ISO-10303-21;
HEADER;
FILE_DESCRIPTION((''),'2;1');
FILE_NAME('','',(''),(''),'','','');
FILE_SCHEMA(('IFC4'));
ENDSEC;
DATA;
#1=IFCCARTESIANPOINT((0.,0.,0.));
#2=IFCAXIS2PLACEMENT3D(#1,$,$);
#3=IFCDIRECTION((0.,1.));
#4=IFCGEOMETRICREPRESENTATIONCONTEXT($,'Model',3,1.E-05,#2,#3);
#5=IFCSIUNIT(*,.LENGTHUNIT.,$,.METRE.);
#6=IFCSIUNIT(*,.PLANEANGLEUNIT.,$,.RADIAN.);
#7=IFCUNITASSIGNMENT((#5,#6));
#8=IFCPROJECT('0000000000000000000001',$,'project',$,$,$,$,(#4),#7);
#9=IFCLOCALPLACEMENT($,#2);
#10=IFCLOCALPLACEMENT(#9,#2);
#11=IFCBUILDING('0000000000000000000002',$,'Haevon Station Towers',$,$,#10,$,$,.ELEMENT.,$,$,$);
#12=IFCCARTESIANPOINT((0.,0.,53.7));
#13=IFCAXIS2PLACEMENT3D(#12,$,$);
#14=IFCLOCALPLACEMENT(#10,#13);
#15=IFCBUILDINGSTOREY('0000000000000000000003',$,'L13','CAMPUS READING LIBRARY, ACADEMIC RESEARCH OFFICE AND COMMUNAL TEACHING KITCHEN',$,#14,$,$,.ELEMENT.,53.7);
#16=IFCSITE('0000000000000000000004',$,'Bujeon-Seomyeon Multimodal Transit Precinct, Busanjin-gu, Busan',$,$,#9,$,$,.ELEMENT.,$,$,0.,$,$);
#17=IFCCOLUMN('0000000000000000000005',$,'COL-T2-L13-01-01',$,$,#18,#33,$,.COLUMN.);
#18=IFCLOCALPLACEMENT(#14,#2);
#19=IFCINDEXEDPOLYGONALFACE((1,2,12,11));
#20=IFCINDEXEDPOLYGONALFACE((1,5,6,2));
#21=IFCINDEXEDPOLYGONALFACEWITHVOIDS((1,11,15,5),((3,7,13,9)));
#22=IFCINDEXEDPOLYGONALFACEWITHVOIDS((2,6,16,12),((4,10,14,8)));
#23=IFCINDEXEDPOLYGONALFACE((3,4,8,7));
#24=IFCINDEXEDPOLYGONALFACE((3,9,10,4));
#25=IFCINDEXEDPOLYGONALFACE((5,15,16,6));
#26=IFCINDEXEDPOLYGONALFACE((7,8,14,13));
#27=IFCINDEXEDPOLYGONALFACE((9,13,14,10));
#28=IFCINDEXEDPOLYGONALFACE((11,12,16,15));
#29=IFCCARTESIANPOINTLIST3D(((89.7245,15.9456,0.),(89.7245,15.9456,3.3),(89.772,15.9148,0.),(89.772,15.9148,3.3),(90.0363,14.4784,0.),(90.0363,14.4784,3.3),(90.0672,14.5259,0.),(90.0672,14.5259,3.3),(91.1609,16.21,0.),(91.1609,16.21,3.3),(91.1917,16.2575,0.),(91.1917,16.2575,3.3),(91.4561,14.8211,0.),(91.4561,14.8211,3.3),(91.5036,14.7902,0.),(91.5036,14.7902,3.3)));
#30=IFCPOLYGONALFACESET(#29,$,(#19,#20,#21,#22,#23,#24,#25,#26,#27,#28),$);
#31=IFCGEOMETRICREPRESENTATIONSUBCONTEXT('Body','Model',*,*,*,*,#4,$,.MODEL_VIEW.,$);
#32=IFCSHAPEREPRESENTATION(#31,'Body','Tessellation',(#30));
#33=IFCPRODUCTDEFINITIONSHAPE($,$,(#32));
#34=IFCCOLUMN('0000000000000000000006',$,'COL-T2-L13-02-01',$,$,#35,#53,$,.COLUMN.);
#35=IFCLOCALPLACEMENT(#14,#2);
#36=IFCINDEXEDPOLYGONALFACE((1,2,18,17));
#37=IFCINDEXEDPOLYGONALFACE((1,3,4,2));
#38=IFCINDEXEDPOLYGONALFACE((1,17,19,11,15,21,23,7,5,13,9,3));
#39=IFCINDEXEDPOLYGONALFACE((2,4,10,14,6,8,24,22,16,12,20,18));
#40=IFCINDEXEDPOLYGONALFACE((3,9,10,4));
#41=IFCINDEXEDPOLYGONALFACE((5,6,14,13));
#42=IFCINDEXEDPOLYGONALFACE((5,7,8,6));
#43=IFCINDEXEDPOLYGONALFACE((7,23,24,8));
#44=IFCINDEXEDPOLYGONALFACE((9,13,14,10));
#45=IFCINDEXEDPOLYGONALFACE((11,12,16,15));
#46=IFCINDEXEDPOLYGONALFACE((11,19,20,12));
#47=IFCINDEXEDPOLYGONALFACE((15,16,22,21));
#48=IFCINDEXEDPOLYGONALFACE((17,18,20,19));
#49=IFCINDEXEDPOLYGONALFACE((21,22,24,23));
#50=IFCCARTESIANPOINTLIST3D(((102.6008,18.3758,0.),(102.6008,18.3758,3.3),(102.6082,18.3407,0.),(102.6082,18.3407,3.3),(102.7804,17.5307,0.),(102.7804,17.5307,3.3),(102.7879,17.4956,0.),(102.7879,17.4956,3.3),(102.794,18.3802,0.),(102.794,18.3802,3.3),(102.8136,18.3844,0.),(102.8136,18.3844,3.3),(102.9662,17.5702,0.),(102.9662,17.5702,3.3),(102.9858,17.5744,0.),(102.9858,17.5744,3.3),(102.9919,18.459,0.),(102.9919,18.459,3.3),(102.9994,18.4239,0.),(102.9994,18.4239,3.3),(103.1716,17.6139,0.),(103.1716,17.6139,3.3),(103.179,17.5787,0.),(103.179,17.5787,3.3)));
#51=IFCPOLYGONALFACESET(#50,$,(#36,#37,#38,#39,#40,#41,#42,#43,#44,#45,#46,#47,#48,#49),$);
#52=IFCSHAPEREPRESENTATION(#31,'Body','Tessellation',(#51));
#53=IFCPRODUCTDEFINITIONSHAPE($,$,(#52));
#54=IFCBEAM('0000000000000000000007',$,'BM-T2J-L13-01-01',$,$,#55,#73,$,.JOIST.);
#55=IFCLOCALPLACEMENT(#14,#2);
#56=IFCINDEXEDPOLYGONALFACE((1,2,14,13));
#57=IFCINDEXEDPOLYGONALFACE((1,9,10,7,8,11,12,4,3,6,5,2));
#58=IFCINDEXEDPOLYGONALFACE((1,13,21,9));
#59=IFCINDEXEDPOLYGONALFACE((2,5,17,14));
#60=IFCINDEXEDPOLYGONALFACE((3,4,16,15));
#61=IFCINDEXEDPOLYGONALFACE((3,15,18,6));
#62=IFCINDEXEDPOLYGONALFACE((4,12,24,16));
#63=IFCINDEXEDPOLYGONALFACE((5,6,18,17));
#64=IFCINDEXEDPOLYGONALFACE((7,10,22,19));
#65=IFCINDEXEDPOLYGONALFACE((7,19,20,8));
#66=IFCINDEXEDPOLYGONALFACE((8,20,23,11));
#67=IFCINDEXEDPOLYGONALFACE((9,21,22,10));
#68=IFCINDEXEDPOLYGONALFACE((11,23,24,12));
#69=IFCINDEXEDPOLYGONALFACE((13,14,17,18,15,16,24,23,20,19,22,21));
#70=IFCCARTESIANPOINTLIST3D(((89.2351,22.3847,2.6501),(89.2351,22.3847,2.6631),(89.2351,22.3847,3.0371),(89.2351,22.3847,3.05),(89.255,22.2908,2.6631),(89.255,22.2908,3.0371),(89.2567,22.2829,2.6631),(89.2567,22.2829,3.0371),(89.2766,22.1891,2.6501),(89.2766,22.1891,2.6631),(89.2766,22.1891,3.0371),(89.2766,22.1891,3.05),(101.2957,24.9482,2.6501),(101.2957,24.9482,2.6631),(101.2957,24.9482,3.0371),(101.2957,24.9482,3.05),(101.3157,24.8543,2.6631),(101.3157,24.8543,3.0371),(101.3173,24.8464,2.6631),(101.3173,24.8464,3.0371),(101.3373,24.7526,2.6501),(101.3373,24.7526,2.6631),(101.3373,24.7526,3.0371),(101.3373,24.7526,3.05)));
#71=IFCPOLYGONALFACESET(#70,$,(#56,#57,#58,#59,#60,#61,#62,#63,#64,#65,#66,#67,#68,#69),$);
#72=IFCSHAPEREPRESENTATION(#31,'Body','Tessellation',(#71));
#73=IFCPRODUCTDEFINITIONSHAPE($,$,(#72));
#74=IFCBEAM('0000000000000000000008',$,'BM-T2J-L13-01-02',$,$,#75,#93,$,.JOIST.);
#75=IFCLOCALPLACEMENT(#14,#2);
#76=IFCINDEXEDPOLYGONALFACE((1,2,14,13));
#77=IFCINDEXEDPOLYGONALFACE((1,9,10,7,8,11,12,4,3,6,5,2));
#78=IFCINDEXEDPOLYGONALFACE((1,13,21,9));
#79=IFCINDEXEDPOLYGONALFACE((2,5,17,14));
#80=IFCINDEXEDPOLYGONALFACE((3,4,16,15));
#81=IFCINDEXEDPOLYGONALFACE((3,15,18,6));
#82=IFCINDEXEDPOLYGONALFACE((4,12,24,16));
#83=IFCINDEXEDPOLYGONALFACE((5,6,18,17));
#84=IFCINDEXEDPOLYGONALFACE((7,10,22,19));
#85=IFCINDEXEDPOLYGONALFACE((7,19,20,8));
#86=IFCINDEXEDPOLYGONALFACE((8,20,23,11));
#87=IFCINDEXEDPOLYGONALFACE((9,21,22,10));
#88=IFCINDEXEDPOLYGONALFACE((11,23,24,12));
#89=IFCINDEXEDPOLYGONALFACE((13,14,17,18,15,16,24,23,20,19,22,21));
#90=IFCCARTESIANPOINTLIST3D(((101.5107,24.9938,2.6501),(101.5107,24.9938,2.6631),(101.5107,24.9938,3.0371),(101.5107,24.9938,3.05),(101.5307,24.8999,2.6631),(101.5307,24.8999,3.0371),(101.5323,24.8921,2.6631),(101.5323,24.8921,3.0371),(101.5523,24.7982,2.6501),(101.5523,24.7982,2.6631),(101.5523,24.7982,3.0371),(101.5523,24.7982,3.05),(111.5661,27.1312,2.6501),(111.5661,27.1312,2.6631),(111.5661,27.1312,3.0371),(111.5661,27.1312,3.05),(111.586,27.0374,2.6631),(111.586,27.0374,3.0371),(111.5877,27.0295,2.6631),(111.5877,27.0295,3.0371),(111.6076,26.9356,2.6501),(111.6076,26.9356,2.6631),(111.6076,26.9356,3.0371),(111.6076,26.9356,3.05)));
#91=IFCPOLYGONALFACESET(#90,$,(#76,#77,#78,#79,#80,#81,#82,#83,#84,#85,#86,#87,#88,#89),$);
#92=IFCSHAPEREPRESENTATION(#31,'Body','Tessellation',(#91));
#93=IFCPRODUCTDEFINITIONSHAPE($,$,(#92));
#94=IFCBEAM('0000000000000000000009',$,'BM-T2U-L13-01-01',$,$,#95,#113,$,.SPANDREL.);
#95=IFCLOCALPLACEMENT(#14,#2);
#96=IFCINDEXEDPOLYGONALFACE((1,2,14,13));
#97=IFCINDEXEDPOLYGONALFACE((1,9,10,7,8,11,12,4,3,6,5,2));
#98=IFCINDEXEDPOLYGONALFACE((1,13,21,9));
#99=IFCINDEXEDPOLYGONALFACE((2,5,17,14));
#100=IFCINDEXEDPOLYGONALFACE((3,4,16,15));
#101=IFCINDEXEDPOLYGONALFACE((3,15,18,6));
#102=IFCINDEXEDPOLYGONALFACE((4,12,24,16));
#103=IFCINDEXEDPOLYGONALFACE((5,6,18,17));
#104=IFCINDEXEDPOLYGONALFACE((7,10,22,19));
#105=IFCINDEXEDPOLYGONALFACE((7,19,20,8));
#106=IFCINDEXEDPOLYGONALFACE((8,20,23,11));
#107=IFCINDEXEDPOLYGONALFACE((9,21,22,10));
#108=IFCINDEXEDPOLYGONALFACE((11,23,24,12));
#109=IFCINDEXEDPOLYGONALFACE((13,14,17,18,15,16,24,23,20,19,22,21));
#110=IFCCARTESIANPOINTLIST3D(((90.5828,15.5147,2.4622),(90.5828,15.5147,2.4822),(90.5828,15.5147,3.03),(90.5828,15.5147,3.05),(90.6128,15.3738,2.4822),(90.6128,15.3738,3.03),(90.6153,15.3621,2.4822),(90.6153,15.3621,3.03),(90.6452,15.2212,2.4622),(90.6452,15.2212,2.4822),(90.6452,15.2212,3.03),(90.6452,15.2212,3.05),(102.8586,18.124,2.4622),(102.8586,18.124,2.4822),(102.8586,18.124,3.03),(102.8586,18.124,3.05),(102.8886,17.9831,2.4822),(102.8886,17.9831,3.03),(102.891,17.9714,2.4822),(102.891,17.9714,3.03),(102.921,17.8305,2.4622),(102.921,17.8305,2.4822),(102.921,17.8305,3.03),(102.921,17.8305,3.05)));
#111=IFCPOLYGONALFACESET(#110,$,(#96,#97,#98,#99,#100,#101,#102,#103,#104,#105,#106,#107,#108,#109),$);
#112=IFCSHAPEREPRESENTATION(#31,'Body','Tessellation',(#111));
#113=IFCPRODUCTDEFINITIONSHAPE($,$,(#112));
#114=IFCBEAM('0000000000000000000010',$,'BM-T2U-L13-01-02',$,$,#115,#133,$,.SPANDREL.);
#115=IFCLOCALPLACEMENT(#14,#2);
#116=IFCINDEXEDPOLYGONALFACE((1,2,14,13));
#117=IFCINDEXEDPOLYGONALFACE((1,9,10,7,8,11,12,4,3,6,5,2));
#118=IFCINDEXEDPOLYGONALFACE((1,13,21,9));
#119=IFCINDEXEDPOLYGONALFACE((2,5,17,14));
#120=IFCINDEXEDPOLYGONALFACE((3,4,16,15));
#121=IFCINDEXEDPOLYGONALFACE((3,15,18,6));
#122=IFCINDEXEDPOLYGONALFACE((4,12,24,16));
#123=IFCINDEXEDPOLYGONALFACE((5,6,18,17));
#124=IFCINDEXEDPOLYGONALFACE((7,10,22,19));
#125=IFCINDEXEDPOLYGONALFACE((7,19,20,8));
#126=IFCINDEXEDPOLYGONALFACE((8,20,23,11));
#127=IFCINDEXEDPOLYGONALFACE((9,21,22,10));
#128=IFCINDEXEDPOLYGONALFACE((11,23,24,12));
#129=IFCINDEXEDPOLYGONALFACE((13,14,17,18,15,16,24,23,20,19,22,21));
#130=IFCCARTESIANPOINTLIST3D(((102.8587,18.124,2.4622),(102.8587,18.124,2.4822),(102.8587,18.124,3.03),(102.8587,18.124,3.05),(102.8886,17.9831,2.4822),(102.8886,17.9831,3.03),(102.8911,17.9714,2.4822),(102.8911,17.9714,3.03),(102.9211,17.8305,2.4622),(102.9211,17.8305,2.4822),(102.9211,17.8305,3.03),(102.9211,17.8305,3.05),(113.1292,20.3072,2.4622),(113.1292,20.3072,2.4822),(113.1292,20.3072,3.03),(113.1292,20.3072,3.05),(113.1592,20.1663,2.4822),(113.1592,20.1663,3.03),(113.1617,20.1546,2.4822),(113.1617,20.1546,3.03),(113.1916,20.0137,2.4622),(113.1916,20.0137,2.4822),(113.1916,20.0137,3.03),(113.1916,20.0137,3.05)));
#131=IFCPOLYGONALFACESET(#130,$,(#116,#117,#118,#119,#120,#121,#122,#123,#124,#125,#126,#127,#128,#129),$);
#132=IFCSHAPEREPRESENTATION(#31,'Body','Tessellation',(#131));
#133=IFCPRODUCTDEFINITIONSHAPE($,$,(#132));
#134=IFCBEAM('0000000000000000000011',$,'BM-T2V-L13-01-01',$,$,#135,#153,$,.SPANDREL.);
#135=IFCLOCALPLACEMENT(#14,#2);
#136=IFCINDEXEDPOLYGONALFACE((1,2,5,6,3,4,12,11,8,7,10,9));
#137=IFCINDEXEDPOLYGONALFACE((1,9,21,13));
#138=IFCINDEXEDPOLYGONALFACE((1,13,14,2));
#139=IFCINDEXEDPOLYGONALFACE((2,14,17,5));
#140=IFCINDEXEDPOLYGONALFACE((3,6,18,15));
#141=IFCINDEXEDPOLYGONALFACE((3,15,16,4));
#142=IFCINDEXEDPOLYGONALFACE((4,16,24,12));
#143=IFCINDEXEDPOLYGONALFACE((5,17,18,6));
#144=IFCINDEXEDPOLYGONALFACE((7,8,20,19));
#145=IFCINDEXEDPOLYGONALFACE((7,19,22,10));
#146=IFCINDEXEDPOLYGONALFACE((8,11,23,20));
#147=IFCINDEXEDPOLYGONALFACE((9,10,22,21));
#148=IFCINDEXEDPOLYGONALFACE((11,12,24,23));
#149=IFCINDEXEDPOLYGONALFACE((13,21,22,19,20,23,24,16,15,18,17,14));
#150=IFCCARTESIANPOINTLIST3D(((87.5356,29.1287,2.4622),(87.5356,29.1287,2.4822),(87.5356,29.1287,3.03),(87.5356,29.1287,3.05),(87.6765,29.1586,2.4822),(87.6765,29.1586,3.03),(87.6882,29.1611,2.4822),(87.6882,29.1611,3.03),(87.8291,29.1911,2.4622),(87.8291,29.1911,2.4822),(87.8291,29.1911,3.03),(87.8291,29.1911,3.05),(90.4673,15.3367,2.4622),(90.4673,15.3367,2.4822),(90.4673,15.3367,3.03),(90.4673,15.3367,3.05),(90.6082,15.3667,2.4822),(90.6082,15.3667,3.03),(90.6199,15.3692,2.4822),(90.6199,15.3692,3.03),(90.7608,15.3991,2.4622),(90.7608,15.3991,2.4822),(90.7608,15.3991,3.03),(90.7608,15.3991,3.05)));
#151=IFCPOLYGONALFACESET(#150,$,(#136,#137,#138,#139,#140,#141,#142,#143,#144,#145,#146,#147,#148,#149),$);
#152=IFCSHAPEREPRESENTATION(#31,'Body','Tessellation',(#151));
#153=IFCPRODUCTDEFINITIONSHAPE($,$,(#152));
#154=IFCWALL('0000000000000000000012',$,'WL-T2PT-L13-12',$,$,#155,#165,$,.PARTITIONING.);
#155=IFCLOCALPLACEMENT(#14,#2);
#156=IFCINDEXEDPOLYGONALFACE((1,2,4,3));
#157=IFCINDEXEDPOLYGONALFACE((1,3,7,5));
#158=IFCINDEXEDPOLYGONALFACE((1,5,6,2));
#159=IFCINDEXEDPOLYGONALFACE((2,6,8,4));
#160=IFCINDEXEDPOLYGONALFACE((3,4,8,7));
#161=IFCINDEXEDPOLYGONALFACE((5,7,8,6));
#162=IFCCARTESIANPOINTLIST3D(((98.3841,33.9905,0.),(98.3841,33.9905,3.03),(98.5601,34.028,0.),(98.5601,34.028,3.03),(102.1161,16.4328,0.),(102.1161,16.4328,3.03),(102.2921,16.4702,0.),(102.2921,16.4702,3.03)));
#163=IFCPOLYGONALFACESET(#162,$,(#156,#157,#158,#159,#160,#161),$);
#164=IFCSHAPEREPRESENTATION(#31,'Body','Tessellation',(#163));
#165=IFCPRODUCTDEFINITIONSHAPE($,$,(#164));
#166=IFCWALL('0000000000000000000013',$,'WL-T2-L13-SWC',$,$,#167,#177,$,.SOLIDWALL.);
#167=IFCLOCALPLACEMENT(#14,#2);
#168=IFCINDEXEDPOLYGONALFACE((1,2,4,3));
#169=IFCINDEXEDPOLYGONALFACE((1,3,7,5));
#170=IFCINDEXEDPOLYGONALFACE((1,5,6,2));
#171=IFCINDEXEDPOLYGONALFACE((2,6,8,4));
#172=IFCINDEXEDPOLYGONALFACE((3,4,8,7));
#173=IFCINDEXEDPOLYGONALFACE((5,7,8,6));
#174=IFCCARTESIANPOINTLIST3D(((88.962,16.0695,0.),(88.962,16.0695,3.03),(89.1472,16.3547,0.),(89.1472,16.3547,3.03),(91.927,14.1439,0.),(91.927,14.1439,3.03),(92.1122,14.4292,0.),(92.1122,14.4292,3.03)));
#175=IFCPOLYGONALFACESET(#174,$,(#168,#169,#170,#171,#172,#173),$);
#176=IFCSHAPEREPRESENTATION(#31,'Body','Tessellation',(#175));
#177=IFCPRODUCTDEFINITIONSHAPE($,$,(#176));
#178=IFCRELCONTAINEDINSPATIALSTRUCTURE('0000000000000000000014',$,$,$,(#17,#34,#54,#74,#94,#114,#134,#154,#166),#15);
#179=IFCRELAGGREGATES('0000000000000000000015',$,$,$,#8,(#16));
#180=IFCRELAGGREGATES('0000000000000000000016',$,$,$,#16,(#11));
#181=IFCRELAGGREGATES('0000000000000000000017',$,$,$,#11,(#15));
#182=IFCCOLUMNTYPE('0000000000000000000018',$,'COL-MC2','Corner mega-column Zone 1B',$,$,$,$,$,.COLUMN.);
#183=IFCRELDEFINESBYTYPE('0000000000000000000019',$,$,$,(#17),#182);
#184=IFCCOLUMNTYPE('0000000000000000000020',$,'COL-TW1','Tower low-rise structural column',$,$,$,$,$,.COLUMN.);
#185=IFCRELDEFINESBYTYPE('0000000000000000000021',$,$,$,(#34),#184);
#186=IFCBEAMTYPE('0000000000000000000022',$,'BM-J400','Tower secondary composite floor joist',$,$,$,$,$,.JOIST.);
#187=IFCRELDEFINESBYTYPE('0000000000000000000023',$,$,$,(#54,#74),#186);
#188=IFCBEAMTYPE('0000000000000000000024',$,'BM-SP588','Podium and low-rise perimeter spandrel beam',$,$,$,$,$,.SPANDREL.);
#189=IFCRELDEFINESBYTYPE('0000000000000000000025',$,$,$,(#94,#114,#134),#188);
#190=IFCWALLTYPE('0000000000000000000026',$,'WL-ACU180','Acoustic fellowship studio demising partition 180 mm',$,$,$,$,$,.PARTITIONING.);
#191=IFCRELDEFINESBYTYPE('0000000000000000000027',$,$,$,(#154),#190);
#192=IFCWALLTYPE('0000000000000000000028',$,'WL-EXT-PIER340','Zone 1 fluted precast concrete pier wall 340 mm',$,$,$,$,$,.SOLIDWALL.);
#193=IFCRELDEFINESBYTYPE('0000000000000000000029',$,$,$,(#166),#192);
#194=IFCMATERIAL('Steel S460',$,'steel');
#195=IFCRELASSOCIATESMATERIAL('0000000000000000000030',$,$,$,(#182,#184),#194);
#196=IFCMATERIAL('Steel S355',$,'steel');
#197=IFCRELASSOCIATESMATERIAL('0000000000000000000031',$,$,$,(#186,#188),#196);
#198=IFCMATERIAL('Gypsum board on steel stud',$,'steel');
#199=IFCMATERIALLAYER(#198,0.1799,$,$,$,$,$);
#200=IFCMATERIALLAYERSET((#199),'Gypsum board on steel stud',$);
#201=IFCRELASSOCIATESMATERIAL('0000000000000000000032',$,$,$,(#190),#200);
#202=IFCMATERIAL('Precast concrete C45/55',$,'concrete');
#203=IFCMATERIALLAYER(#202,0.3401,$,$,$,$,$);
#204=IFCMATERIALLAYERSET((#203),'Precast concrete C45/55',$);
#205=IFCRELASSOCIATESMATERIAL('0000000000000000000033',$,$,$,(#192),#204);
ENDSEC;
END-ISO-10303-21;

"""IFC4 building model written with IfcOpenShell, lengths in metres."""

from ifc_helpers import new_model, si_unit, direction, frame, frame_2d, origin, origin_2d, place, context, subcontext, project, spatial, rectangle, hollow_rectangle, i_section, extrude, material, layer, layer_set, material_profile, profile_set, type_object, element, save


model = new_model("IFC4")

# Units and contexts
model_context = context("Model", 3, precision=1e-05, world=origin(), true_north=direction((0.0, 1.0)))
body_context = subcontext(model_context, "Body", "Model", "MODEL_VIEW")
ifc_project = project(units=[si_unit("LENGTHUNIT", "METRE"), si_unit("PLANEANGLEUNIT", "RADIAN")], contexts=[model_context])

# Site, building, storey
site_placement = place(None, origin())
site = spatial("IfcSite", under=ifc_project, at=site_placement, Name="Bujeon-Seomyeon Multimodal Transit Precinct, Busanjin-gu, Busan", CompositionType="ELEMENT", RefElevation=0.0)
building_placement = place(site_placement, origin())
building = spatial("IfcBuilding", under=site, at=building_placement, Name="Haevon Station Towers", CompositionType="ELEMENT")
storey_placement = place(building_placement, frame((0.0, 0.0, 53.7)))
storey = spatial("IfcBuildingStorey", under=building, at=storey_placement, Name="L13", Description="CAMPUS READING LIBRARY, ACADEMIC RESEARCH OFFICE AND COMMUNAL TEACHING KITCHEN", CompositionType="ELEMENT", Elevation=53.7)

# Columns
ifc_material_1 = material(Name="Steel S460", Category="steel")
ifc_material_profile_1 = material_profile(ifc_material_1, hollow_rectangle(XDim=1.5, YDim=1.5, WallThickness=0.04, at=origin_2d()), Name="BOX-1500x1500x40")
ifc_profile_set_1 = profile_set([ifc_material_profile_1], Name="Steel S460")
column_type_1 = type_object("IfcColumnType", Name="COL-MC2", Description="Corner mega-column Zone 1B", PredefinedType="COLUMN", material=ifc_profile_set_1)
column_1_placement = place(storey_placement, frame((90.614, 15.3679, 0.0), z_axis=(0.0, 0.0, 1.0), x_axis=(0.978148, 0.207912, 0.0)))
element("IfcColumn", 1, at=column_1_placement, inside=storey, type_object=column_type_1, Name="COL-T2-L13-01-01", PredefinedType="COLUMN", context=body_context, shape_type="SweptSolid", body=[
    extrude(hollow_rectangle(XDim=1.5, YDim=1.5, WallThickness=0.04, at=origin_2d()), origin(), (0.0, 0.0, 1.0), 3.3),
])
ifc_material_profile_2 = material_profile(ifc_material_1, i_section(OverallWidth=0.3999, OverallDepth=0.8999, WebThickness=0.02, FlangeThickness=0.0359, at=origin_2d()), Name="H-900x400x20x36")
ifc_profile_set_2 = profile_set([ifc_material_profile_2], Name="Steel S460")
column_type_2 = type_object("IfcColumnType", Name="COL-TW1", Description="Tower low-rise structural column", PredefinedType="COLUMN", material=ifc_profile_set_2)
column_2_placement = place(storey_placement, frame((102.8899, 17.9773, 0.0), z_axis=(0.0, 0.0, 1.0), x_axis=(0.978148, 0.207912, 0.0)))
element("IfcColumn", 2, at=column_2_placement, inside=storey, type_object=column_type_2, Name="COL-T2-L13-02-01", PredefinedType="COLUMN", context=body_context, shape_type="SweptSolid", body=[
    extrude(i_section(OverallWidth=0.3999, OverallDepth=0.8999, WebThickness=0.02, FlangeThickness=0.0359, at=origin_2d()), origin(), (0.0, 0.0, 1.0), 3.3),
])

# Beams
ifc_material_2 = material(Name="Steel S355", Category="steel")
ifc_material_profile_3 = material_profile(ifc_material_2, i_section(OverallWidth=0.2, OverallDepth=0.3999, WebThickness=0.0081, FlangeThickness=0.0129, at=origin_2d()), Name="H-400x200x8x13")
ifc_profile_set_3 = profile_set([ifc_material_profile_3], Name="Steel S355")
beam_type_1 = type_object("IfcBeamType", Name="BM-J400", Description="Tower secondary composite floor joist", PredefinedType="JOIST", material=ifc_profile_set_3)
beam_1_placement = place(storey_placement, frame((89.2559, 22.2869, 2.8501), z_axis=(0.978149, 0.207906, 0.0), x_axis=(-0.207906, 0.978149, 0.0)))
element("IfcBeam", 3, at=beam_1_placement, inside=storey, type_object=beam_type_1, Name="BM-T2J-L13-01-01", PredefinedType="JOIST", context=body_context, shape_type="SweptSolid", body=[
    extrude(i_section(OverallWidth=0.2, OverallDepth=0.3999, WebThickness=0.0081, FlangeThickness=0.0129, at=origin_2d()), origin(), (0.0, 0.0, 1.0), 12.3301),
])
beam_2_placement = place(storey_placement, frame((101.5315, 24.896, 2.8501), z_axis=(0.978146, 0.207922, 0.0), x_axis=(-0.207922, 0.978146, 0.0)))
element("IfcBeam", 4, at=beam_2_placement, inside=storey, type_object=beam_type_1, Name="BM-T2J-L13-01-02", PredefinedType="JOIST", context=body_context, shape_type="SweptSolid", body=[
    extrude(i_section(OverallWidth=0.2, OverallDepth=0.3999, WebThickness=0.0081, FlangeThickness=0.0129, at=origin_2d()), origin(), (0.0, 0.0, 1.0), 10.28),
])
ifc_material_profile_4 = material_profile(ifc_material_2, i_section(OverallWidth=0.3, OverallDepth=0.5879, WebThickness=0.012, FlangeThickness=0.02, at=origin_2d()), Name="H-588x300x12x20")
ifc_profile_set_4 = profile_set([ifc_material_profile_4], Name="Steel S355")
beam_type_2 = type_object("IfcBeamType", Name="BM-SP588", Description="Podium and low-rise perimeter spandrel beam", PredefinedType="SPANDREL", material=ifc_profile_set_4)
beam_3_placement = place(storey_placement, frame((90.614, 15.3679, 2.7561), z_axis=(0.978147, 0.207916, 0.0), x_axis=(-0.207916, 0.978147, 0.0)))
element("IfcBeam", 5, at=beam_3_placement, inside=storey, type_object=beam_type_2, Name="BM-T2U-L13-01-01", PredefinedType="SPANDREL", context=body_context, shape_type="SweptSolid", body=[
    extrude(i_section(OverallWidth=0.3, OverallDepth=0.5879, WebThickness=0.012, FlangeThickness=0.02, at=origin_2d()), origin(), (0.0, 0.0, 1.0), 12.55),
])
beam_4_placement = place(storey_placement, frame((102.8899, 17.9773, 2.7561), z_axis=(0.978147, 0.207915, 0.0), x_axis=(-0.207915, 0.978147, 0.0)))
element("IfcBeam", 6, at=beam_4_placement, inside=storey, type_object=beam_type_2, Name="BM-T2U-L13-01-02", PredefinedType="SPANDREL", context=body_context, shape_type="SweptSolid", body=[
    extrude(i_section(OverallWidth=0.3, OverallDepth=0.5879, WebThickness=0.012, FlangeThickness=0.02, at=origin_2d()), origin(), (0.0, 0.0, 1.0), 10.5),
])
beam_5_placement = place(storey_placement, frame((90.614, 15.3679, 2.7561), z_axis=(-0.207916, 0.978147, 0.0), x_axis=(-0.978147, -0.207916, 0.0)))
element("IfcBeam", 7, at=beam_5_placement, inside=storey, type_object=beam_type_2, Name="BM-T2V-L13-01-01", PredefinedType="SPANDREL", context=body_context, shape_type="SweptSolid", body=[
    extrude(i_section(OverallWidth=0.3, OverallDepth=0.5879, WebThickness=0.012, FlangeThickness=0.02, at=origin_2d()), origin(), (0.0, 0.0, 1.0), 14.1001),
])

# Walls
ifc_material_3 = material(Name="Gypsum board on steel stud", Category="steel")
ifc_layer_1 = layer(ifc_material_3, 0.1799)
ifc_layer_set_1 = layer_set([ifc_layer_1], Name="Gypsum board on steel stud")
wall_type_1 = type_object("IfcWallType", Name="WL-ACU180", Description="Acoustic fellowship studio demising partition 180 mm", PredefinedType="PARTITIONING", material=ifc_layer_set_1)
wall_1_placement = place(storey_placement, frame((102.2041, 16.4514, 0.0), z_axis=(0.0, 0.0, 1.0), x_axis=(-0.207909, 0.978148, 0.0)))
element("IfcWall", 8, at=wall_1_placement, inside=storey, type_object=wall_type_1, Name="WL-T2PT-L13-12", PredefinedType="PARTITIONING", context=body_context, shape_type="SweptSolid", body=[
    extrude(rectangle(XDim=17.95, YDim=0.1799, at=frame_2d((8.9751, 0.0))), origin(), (0.0, 0.0, 1.0), 3.03),
])
ifc_material_4 = material(Name="Precast concrete C45/55", Category="concrete")
ifc_layer_2 = layer(ifc_material_4, 0.3401)
ifc_layer_set_2 = layer_set([ifc_layer_2], Name="Precast concrete C45/55")
wall_type_2 = type_object("IfcWallType", Name="WL-EXT-PIER340", Description="Zone 1 fluted precast concrete pier wall 340 mm", PredefinedType="SOLIDWALL", material=ifc_layer_set_2)
wall_2_placement = place(storey_placement, frame((92.0195, 14.2866, 0.0), z_axis=(0.0, 0.0, 1.0), x_axis=(-0.838672, 0.544636, 0.0)))
element("IfcWall", 9, at=wall_2_placement, inside=storey, type_object=wall_type_2, Name="WL-T2-L13-SWC", PredefinedType="SOLIDWALL", context=body_context, shape_type="SweptSolid", body=[
    extrude(rectangle(XDim=3.5354, YDim=0.3401, at=frame_2d((1.7676, 0.0))), origin(), (0.0, 0.0, 1.0), 3.03),
])

save(model, "model.ifc")
